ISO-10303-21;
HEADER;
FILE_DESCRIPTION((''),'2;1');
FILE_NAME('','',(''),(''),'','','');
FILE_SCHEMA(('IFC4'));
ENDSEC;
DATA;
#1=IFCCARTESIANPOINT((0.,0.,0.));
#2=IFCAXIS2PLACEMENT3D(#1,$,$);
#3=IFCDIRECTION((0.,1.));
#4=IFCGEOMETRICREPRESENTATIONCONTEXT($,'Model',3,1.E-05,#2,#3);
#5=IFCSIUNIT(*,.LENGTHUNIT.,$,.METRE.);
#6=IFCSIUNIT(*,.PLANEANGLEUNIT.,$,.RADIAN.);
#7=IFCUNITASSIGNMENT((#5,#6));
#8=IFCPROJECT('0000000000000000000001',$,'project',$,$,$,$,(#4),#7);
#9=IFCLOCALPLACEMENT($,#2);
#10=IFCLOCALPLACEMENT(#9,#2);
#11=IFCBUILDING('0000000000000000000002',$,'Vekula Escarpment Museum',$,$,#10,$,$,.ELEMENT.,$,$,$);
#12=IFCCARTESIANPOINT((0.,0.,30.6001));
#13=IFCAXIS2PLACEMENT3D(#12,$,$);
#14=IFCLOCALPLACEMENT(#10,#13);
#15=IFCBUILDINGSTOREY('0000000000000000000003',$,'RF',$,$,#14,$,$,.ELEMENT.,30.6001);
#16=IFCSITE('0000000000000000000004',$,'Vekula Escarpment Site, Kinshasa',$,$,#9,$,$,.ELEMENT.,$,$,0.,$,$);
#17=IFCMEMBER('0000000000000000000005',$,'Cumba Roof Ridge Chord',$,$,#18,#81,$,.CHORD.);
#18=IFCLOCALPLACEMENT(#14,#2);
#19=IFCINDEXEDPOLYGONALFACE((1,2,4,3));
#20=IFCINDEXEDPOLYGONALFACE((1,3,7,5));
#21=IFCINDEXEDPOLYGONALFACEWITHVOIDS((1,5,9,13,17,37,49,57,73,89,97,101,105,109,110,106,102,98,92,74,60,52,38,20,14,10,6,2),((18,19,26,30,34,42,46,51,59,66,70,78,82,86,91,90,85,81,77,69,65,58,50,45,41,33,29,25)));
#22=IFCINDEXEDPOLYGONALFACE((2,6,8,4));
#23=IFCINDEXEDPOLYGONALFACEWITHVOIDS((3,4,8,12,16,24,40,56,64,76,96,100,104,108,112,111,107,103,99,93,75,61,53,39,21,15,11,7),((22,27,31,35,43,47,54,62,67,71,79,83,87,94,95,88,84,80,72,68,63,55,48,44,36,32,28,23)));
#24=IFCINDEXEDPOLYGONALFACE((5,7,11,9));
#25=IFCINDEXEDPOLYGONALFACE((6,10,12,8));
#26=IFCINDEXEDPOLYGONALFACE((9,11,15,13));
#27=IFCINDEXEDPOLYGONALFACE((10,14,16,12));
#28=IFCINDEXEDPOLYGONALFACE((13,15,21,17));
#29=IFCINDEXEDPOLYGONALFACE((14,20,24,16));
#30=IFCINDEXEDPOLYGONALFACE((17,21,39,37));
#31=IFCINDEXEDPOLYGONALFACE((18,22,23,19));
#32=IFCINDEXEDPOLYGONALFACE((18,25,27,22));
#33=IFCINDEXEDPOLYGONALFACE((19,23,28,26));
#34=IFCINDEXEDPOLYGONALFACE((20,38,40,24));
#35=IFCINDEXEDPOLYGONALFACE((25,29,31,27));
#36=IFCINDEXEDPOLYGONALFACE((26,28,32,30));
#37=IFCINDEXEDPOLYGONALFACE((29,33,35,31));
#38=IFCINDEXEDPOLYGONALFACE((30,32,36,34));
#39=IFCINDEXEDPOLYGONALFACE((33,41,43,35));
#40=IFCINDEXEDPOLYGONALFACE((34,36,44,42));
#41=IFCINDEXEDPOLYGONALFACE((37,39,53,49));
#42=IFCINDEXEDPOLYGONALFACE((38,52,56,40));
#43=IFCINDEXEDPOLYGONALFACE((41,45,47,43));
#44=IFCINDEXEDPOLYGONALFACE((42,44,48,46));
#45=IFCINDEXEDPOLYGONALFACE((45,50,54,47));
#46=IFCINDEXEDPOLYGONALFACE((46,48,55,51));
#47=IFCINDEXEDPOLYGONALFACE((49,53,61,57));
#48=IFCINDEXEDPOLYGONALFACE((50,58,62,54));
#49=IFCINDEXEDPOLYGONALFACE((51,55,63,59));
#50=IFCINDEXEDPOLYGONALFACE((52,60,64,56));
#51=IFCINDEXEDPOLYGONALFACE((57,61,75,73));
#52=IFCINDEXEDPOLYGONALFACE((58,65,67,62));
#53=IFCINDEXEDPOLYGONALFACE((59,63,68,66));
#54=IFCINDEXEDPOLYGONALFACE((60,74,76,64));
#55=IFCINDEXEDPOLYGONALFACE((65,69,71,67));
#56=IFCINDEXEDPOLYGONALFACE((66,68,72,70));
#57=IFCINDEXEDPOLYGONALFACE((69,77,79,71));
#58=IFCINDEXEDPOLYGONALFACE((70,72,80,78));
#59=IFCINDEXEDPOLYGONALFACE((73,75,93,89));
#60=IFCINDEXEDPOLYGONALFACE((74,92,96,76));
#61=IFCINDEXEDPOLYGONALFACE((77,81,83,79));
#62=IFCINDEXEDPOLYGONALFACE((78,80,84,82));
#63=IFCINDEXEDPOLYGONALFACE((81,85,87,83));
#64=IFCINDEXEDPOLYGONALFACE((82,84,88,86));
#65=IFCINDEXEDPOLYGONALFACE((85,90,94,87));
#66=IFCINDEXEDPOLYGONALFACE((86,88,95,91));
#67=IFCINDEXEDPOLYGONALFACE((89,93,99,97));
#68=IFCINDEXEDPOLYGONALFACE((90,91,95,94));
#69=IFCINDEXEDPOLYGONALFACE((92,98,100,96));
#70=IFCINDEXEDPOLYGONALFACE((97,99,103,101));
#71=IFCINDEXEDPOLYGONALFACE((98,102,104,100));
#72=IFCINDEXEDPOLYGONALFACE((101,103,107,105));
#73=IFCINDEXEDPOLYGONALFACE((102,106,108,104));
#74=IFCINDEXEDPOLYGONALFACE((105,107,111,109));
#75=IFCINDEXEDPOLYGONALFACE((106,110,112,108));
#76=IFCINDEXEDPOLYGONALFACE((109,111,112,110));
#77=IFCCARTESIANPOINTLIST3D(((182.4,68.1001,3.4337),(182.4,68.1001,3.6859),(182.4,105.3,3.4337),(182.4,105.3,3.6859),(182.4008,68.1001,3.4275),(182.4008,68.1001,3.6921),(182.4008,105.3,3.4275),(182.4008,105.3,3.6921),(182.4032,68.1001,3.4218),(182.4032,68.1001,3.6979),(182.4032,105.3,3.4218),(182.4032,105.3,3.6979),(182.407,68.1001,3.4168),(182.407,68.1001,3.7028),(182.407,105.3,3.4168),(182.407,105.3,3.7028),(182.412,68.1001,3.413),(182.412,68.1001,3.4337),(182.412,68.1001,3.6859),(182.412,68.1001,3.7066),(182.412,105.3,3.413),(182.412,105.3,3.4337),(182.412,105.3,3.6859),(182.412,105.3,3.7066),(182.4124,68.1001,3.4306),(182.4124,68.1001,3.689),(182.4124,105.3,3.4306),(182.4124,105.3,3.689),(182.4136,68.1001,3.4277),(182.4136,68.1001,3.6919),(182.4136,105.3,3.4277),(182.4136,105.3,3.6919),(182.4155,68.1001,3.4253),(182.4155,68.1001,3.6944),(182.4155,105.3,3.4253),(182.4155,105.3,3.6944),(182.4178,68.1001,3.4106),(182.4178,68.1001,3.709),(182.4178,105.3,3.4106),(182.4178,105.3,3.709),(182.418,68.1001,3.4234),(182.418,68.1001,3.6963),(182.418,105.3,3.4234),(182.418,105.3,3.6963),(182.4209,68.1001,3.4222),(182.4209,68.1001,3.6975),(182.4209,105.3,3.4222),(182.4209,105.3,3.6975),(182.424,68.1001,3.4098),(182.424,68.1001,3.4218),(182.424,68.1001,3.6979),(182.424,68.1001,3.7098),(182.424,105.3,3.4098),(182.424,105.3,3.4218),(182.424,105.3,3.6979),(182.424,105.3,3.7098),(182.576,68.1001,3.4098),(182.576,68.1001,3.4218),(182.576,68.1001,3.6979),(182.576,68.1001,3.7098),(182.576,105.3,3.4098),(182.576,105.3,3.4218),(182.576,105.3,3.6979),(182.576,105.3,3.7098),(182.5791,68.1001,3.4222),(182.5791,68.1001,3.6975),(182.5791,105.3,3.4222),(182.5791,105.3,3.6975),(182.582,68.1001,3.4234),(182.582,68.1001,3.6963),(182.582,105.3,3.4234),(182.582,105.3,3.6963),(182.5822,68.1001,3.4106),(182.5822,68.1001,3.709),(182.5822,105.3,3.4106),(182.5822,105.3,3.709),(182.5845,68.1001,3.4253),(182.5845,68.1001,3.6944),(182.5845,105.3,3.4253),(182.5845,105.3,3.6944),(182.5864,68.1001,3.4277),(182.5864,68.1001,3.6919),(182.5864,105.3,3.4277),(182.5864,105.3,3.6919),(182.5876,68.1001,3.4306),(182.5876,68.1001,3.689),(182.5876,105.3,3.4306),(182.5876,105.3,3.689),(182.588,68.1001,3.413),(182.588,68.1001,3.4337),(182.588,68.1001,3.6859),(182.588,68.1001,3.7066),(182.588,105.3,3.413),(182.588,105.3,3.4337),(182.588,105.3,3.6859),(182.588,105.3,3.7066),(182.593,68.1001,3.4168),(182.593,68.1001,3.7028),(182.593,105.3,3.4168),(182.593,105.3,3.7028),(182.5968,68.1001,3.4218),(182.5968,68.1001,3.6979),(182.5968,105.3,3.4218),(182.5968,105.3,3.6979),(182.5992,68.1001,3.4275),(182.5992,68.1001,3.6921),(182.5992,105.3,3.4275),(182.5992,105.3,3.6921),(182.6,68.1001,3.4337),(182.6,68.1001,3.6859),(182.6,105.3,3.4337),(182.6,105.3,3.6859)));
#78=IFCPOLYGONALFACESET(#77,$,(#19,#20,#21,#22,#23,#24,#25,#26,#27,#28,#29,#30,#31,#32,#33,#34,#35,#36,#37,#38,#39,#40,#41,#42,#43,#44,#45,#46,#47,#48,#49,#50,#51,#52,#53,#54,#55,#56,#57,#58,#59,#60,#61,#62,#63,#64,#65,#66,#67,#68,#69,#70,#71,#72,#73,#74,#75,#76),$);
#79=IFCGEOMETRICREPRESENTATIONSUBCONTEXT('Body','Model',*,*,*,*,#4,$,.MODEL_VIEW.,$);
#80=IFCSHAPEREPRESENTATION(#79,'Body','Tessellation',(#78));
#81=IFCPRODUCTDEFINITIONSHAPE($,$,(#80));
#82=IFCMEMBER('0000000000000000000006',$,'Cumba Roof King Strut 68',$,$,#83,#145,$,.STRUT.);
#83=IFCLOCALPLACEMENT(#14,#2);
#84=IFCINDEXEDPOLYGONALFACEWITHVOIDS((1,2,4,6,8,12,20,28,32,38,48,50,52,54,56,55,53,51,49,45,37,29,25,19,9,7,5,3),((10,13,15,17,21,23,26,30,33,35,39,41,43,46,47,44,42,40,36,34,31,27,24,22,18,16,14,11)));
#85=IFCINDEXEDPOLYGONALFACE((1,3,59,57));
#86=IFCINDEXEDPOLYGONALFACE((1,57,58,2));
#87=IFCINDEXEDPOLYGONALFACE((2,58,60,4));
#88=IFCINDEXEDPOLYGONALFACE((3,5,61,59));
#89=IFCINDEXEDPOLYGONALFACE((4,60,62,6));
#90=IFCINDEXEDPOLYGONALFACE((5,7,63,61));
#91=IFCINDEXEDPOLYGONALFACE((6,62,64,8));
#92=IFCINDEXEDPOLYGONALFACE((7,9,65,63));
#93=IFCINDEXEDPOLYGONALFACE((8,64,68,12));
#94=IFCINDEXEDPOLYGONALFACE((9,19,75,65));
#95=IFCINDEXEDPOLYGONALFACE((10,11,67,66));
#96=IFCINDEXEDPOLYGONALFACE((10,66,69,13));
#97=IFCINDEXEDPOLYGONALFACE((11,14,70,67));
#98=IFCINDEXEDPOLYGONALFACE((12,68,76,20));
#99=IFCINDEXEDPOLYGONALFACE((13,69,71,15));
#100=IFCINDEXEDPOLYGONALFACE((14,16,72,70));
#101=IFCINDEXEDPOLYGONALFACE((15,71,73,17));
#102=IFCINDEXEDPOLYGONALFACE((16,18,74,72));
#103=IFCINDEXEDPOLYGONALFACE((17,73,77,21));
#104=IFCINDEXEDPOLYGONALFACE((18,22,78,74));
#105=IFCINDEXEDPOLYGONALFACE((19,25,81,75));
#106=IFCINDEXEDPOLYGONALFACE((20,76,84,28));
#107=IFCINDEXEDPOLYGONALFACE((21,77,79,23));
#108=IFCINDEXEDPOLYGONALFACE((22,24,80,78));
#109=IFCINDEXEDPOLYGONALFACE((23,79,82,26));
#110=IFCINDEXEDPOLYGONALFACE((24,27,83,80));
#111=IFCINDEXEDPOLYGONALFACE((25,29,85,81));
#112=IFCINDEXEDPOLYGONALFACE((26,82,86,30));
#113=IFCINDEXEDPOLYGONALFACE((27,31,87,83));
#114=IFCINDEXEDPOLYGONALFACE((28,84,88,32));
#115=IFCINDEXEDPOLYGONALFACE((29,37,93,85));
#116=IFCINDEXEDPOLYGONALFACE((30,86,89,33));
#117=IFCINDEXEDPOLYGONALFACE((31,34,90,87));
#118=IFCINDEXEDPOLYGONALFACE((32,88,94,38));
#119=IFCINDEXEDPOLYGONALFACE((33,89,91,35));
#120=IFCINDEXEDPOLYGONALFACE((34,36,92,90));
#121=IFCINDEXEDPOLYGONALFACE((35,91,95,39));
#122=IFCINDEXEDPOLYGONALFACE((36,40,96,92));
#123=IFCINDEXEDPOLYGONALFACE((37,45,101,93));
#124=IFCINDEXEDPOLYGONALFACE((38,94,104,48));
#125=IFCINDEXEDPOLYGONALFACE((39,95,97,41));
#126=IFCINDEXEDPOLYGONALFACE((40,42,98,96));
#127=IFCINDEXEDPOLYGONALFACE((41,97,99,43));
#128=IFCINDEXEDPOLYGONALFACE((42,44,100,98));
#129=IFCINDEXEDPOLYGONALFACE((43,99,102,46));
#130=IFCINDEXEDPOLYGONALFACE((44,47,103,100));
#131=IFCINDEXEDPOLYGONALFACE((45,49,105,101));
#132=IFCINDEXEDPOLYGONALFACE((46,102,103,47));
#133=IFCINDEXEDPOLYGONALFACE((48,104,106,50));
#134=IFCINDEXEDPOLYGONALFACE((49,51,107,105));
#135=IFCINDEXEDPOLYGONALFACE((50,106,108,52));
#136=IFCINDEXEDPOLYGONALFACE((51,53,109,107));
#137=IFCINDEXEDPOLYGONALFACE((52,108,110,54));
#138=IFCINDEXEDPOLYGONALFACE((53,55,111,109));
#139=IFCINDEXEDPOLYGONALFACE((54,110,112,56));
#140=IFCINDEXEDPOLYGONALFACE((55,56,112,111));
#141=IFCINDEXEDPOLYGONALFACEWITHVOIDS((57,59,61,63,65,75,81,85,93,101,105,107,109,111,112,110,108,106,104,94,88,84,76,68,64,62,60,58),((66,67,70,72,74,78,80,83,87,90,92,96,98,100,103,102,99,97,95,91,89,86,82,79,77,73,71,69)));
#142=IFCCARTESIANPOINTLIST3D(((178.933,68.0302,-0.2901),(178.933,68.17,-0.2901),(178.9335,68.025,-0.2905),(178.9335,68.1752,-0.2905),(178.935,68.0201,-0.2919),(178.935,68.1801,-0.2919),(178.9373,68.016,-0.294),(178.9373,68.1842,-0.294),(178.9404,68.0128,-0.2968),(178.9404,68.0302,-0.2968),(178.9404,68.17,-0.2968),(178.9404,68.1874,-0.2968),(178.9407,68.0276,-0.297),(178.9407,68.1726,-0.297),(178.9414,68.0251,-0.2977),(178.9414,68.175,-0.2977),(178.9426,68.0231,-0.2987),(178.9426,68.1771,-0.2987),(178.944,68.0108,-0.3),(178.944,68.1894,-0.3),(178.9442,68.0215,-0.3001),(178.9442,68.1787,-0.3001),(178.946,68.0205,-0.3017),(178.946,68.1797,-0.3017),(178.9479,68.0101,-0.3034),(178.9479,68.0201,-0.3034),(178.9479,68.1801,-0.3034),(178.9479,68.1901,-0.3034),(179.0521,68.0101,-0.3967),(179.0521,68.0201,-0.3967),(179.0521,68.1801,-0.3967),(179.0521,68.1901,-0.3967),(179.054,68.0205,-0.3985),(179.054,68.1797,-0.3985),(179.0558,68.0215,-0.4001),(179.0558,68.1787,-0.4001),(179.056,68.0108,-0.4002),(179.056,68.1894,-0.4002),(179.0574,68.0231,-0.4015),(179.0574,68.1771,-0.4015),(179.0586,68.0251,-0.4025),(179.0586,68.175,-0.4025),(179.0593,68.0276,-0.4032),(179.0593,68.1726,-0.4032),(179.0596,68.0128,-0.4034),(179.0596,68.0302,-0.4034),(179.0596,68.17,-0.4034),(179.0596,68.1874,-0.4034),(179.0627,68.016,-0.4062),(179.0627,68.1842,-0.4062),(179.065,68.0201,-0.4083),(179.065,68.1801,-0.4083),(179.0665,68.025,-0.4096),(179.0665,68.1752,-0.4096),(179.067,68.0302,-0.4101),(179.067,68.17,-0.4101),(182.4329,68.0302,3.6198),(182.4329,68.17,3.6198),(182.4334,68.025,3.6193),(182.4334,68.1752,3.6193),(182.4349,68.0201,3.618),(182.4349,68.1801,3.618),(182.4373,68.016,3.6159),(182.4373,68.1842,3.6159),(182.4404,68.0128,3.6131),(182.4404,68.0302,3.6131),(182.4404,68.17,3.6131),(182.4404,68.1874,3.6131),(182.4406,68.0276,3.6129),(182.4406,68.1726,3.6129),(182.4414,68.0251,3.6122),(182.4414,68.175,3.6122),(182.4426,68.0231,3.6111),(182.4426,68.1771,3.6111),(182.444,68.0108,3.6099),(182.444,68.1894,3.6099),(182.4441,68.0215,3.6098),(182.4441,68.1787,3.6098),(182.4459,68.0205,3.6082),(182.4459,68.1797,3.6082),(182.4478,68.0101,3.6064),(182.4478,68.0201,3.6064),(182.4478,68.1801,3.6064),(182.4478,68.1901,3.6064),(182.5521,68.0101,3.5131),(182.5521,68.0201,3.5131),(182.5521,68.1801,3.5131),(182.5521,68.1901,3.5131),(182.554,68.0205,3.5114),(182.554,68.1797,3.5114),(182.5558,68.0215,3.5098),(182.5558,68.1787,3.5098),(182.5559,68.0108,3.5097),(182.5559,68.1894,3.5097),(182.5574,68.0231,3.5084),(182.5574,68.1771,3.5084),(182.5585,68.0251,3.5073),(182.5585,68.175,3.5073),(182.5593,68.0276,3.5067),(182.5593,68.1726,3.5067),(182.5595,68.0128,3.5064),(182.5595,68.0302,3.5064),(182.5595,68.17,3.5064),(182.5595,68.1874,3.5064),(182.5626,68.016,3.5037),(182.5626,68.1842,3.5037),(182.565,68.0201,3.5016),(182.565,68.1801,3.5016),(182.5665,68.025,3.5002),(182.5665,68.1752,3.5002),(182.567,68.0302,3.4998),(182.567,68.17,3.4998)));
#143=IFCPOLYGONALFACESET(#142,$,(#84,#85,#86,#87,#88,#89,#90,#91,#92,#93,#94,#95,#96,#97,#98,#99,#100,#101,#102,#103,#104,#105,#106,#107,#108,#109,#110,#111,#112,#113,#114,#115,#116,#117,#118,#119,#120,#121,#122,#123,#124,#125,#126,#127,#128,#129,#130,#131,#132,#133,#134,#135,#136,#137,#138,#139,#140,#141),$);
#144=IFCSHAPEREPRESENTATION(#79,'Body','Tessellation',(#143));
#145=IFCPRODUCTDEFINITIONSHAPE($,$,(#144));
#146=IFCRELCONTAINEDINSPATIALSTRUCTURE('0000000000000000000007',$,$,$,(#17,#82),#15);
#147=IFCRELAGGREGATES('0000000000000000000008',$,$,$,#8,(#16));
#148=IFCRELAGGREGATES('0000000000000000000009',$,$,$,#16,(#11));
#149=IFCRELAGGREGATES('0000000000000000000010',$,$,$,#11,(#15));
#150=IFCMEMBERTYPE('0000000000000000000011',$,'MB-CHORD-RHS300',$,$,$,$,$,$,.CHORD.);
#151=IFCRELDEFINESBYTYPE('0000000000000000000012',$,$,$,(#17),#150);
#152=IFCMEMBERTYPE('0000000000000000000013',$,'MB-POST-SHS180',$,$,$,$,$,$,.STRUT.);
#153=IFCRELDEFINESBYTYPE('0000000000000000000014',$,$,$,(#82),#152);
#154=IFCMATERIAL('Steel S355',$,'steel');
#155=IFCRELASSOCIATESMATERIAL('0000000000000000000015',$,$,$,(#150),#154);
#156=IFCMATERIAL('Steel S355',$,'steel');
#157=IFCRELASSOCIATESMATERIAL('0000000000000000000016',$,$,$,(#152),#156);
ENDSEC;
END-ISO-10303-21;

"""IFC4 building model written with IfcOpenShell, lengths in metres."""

from ifc_helpers import new_model, si_unit, direction, frame, origin, origin_2d, place, context, subcontext, project, spatial, hollow_rectangle, extrude, material, material_profile, profile_set, type_object, element, save


model = new_model("IFC4")

# Units and contexts
model_context = context("Model", 3, precision=1e-05, world=origin(), true_north=direction((0.0, 1.0)))
body_context = subcontext(model_context, "Body", "Model", "MODEL_VIEW")
ifc_project = project(units=[si_unit("LENGTHUNIT", "METRE"), si_unit("PLANEANGLEUNIT", "RADIAN")], contexts=[model_context])

# Site, building, storey
site_placement = place(None, origin())
site = spatial("IfcSite", under=ifc_project, at=site_placement, Name="Vekula Escarpment Site, Kinshasa", CompositionType="ELEMENT", RefElevation=0.0)
building_placement = place(site_placement, origin())
building = spatial("IfcBuilding", under=site, at=building_placement, Name="Vekula Escarpment Museum", CompositionType="ELEMENT")
storey_placement = place(building_placement, frame((0.0, 0.0, 30.6001)))
storey = spatial("IfcBuildingStorey", under=building, at=storey_placement, Name="RF", CompositionType="ELEMENT", Elevation=30.6001)

# Members
ifc_material_1 = material(Name="Steel S355", Category="steel")
ifc_material_profile_1 = material_profile(ifc_material_1, hollow_rectangle(XDim=0.2, YDim=0.3, WallThickness=0.012, InnerFilletRadius=0.012, OuterFilletRadius=0.0239, at=origin_2d()), Name="RHS 300x200x12")
ifc_profile_set_1 = profile_set([ifc_material_profile_1], Name="Steel S355")
member_type_1 = type_object("IfcMemberType", Name="MB-CHORD-RHS300", PredefinedType="CHORD", material=ifc_profile_set_1)
member_placement = place(storey_placement, frame((182.5, 68.1001, 3.5598), z_axis=(0.0, 1.0, 0.0), x_axis=(-1.0, 0.0, 0.0)))
element("IfcMember", 1, at=member_placement, inside=storey, type_object=member_type_1, Name="Cumba Roof Ridge Chord", PredefinedType="CHORD", context=body_context, shape_type="SweptSolid", body=[
    extrude(hollow_rectangle(XDim=0.2, YDim=0.3, WallThickness=0.012, InnerFilletRadius=0.012, OuterFilletRadius=0.0239, at=origin_2d()), origin(), (0.0, 0.0, 1.0), 37.2),
])
ifc_material_2 = material(Name="Steel S355", Category="steel")
ifc_material_profile_2 = material_profile(ifc_material_2, hollow_rectangle(XDim=0.1799, YDim=0.1799, WallThickness=0.01, InnerFilletRadius=0.01, OuterFilletRadius=0.02, at=origin_2d()), Name="SHS 180x180x10")
ifc_profile_set_2 = profile_set([ifc_material_profile_2], Name="Steel S355")
member_type_2 = type_object("IfcMemberType", Name="MB-POST-SHS180", PredefinedType="STRUT", material=ifc_profile_set_2)
for number, where, z_axis, x_axis, name in (
    (2, (179.0, 68.1001, -0.3501), (0.66697, 0.0, 0.745084), (0.0, 1.0, 0.0), "Cumba Roof King Strut 68"),
):
    element("IfcMember", number, at=place(storey_placement, frame(where, z_axis=z_axis, x_axis=x_axis)), inside=storey, type_object=member_type_2, Name=name, PredefinedType="STRUT", context=body_context, shape_type="SweptSolid", body=[
        extrude(hollow_rectangle(XDim=0.1799, YDim=0.1799, WallThickness=0.01, InnerFilletRadius=0.01, OuterFilletRadius=0.02, at=origin_2d()), origin(), (0.0, 0.0, 1.0), 5.2476),
    ])

save(model, "model.ifc")
